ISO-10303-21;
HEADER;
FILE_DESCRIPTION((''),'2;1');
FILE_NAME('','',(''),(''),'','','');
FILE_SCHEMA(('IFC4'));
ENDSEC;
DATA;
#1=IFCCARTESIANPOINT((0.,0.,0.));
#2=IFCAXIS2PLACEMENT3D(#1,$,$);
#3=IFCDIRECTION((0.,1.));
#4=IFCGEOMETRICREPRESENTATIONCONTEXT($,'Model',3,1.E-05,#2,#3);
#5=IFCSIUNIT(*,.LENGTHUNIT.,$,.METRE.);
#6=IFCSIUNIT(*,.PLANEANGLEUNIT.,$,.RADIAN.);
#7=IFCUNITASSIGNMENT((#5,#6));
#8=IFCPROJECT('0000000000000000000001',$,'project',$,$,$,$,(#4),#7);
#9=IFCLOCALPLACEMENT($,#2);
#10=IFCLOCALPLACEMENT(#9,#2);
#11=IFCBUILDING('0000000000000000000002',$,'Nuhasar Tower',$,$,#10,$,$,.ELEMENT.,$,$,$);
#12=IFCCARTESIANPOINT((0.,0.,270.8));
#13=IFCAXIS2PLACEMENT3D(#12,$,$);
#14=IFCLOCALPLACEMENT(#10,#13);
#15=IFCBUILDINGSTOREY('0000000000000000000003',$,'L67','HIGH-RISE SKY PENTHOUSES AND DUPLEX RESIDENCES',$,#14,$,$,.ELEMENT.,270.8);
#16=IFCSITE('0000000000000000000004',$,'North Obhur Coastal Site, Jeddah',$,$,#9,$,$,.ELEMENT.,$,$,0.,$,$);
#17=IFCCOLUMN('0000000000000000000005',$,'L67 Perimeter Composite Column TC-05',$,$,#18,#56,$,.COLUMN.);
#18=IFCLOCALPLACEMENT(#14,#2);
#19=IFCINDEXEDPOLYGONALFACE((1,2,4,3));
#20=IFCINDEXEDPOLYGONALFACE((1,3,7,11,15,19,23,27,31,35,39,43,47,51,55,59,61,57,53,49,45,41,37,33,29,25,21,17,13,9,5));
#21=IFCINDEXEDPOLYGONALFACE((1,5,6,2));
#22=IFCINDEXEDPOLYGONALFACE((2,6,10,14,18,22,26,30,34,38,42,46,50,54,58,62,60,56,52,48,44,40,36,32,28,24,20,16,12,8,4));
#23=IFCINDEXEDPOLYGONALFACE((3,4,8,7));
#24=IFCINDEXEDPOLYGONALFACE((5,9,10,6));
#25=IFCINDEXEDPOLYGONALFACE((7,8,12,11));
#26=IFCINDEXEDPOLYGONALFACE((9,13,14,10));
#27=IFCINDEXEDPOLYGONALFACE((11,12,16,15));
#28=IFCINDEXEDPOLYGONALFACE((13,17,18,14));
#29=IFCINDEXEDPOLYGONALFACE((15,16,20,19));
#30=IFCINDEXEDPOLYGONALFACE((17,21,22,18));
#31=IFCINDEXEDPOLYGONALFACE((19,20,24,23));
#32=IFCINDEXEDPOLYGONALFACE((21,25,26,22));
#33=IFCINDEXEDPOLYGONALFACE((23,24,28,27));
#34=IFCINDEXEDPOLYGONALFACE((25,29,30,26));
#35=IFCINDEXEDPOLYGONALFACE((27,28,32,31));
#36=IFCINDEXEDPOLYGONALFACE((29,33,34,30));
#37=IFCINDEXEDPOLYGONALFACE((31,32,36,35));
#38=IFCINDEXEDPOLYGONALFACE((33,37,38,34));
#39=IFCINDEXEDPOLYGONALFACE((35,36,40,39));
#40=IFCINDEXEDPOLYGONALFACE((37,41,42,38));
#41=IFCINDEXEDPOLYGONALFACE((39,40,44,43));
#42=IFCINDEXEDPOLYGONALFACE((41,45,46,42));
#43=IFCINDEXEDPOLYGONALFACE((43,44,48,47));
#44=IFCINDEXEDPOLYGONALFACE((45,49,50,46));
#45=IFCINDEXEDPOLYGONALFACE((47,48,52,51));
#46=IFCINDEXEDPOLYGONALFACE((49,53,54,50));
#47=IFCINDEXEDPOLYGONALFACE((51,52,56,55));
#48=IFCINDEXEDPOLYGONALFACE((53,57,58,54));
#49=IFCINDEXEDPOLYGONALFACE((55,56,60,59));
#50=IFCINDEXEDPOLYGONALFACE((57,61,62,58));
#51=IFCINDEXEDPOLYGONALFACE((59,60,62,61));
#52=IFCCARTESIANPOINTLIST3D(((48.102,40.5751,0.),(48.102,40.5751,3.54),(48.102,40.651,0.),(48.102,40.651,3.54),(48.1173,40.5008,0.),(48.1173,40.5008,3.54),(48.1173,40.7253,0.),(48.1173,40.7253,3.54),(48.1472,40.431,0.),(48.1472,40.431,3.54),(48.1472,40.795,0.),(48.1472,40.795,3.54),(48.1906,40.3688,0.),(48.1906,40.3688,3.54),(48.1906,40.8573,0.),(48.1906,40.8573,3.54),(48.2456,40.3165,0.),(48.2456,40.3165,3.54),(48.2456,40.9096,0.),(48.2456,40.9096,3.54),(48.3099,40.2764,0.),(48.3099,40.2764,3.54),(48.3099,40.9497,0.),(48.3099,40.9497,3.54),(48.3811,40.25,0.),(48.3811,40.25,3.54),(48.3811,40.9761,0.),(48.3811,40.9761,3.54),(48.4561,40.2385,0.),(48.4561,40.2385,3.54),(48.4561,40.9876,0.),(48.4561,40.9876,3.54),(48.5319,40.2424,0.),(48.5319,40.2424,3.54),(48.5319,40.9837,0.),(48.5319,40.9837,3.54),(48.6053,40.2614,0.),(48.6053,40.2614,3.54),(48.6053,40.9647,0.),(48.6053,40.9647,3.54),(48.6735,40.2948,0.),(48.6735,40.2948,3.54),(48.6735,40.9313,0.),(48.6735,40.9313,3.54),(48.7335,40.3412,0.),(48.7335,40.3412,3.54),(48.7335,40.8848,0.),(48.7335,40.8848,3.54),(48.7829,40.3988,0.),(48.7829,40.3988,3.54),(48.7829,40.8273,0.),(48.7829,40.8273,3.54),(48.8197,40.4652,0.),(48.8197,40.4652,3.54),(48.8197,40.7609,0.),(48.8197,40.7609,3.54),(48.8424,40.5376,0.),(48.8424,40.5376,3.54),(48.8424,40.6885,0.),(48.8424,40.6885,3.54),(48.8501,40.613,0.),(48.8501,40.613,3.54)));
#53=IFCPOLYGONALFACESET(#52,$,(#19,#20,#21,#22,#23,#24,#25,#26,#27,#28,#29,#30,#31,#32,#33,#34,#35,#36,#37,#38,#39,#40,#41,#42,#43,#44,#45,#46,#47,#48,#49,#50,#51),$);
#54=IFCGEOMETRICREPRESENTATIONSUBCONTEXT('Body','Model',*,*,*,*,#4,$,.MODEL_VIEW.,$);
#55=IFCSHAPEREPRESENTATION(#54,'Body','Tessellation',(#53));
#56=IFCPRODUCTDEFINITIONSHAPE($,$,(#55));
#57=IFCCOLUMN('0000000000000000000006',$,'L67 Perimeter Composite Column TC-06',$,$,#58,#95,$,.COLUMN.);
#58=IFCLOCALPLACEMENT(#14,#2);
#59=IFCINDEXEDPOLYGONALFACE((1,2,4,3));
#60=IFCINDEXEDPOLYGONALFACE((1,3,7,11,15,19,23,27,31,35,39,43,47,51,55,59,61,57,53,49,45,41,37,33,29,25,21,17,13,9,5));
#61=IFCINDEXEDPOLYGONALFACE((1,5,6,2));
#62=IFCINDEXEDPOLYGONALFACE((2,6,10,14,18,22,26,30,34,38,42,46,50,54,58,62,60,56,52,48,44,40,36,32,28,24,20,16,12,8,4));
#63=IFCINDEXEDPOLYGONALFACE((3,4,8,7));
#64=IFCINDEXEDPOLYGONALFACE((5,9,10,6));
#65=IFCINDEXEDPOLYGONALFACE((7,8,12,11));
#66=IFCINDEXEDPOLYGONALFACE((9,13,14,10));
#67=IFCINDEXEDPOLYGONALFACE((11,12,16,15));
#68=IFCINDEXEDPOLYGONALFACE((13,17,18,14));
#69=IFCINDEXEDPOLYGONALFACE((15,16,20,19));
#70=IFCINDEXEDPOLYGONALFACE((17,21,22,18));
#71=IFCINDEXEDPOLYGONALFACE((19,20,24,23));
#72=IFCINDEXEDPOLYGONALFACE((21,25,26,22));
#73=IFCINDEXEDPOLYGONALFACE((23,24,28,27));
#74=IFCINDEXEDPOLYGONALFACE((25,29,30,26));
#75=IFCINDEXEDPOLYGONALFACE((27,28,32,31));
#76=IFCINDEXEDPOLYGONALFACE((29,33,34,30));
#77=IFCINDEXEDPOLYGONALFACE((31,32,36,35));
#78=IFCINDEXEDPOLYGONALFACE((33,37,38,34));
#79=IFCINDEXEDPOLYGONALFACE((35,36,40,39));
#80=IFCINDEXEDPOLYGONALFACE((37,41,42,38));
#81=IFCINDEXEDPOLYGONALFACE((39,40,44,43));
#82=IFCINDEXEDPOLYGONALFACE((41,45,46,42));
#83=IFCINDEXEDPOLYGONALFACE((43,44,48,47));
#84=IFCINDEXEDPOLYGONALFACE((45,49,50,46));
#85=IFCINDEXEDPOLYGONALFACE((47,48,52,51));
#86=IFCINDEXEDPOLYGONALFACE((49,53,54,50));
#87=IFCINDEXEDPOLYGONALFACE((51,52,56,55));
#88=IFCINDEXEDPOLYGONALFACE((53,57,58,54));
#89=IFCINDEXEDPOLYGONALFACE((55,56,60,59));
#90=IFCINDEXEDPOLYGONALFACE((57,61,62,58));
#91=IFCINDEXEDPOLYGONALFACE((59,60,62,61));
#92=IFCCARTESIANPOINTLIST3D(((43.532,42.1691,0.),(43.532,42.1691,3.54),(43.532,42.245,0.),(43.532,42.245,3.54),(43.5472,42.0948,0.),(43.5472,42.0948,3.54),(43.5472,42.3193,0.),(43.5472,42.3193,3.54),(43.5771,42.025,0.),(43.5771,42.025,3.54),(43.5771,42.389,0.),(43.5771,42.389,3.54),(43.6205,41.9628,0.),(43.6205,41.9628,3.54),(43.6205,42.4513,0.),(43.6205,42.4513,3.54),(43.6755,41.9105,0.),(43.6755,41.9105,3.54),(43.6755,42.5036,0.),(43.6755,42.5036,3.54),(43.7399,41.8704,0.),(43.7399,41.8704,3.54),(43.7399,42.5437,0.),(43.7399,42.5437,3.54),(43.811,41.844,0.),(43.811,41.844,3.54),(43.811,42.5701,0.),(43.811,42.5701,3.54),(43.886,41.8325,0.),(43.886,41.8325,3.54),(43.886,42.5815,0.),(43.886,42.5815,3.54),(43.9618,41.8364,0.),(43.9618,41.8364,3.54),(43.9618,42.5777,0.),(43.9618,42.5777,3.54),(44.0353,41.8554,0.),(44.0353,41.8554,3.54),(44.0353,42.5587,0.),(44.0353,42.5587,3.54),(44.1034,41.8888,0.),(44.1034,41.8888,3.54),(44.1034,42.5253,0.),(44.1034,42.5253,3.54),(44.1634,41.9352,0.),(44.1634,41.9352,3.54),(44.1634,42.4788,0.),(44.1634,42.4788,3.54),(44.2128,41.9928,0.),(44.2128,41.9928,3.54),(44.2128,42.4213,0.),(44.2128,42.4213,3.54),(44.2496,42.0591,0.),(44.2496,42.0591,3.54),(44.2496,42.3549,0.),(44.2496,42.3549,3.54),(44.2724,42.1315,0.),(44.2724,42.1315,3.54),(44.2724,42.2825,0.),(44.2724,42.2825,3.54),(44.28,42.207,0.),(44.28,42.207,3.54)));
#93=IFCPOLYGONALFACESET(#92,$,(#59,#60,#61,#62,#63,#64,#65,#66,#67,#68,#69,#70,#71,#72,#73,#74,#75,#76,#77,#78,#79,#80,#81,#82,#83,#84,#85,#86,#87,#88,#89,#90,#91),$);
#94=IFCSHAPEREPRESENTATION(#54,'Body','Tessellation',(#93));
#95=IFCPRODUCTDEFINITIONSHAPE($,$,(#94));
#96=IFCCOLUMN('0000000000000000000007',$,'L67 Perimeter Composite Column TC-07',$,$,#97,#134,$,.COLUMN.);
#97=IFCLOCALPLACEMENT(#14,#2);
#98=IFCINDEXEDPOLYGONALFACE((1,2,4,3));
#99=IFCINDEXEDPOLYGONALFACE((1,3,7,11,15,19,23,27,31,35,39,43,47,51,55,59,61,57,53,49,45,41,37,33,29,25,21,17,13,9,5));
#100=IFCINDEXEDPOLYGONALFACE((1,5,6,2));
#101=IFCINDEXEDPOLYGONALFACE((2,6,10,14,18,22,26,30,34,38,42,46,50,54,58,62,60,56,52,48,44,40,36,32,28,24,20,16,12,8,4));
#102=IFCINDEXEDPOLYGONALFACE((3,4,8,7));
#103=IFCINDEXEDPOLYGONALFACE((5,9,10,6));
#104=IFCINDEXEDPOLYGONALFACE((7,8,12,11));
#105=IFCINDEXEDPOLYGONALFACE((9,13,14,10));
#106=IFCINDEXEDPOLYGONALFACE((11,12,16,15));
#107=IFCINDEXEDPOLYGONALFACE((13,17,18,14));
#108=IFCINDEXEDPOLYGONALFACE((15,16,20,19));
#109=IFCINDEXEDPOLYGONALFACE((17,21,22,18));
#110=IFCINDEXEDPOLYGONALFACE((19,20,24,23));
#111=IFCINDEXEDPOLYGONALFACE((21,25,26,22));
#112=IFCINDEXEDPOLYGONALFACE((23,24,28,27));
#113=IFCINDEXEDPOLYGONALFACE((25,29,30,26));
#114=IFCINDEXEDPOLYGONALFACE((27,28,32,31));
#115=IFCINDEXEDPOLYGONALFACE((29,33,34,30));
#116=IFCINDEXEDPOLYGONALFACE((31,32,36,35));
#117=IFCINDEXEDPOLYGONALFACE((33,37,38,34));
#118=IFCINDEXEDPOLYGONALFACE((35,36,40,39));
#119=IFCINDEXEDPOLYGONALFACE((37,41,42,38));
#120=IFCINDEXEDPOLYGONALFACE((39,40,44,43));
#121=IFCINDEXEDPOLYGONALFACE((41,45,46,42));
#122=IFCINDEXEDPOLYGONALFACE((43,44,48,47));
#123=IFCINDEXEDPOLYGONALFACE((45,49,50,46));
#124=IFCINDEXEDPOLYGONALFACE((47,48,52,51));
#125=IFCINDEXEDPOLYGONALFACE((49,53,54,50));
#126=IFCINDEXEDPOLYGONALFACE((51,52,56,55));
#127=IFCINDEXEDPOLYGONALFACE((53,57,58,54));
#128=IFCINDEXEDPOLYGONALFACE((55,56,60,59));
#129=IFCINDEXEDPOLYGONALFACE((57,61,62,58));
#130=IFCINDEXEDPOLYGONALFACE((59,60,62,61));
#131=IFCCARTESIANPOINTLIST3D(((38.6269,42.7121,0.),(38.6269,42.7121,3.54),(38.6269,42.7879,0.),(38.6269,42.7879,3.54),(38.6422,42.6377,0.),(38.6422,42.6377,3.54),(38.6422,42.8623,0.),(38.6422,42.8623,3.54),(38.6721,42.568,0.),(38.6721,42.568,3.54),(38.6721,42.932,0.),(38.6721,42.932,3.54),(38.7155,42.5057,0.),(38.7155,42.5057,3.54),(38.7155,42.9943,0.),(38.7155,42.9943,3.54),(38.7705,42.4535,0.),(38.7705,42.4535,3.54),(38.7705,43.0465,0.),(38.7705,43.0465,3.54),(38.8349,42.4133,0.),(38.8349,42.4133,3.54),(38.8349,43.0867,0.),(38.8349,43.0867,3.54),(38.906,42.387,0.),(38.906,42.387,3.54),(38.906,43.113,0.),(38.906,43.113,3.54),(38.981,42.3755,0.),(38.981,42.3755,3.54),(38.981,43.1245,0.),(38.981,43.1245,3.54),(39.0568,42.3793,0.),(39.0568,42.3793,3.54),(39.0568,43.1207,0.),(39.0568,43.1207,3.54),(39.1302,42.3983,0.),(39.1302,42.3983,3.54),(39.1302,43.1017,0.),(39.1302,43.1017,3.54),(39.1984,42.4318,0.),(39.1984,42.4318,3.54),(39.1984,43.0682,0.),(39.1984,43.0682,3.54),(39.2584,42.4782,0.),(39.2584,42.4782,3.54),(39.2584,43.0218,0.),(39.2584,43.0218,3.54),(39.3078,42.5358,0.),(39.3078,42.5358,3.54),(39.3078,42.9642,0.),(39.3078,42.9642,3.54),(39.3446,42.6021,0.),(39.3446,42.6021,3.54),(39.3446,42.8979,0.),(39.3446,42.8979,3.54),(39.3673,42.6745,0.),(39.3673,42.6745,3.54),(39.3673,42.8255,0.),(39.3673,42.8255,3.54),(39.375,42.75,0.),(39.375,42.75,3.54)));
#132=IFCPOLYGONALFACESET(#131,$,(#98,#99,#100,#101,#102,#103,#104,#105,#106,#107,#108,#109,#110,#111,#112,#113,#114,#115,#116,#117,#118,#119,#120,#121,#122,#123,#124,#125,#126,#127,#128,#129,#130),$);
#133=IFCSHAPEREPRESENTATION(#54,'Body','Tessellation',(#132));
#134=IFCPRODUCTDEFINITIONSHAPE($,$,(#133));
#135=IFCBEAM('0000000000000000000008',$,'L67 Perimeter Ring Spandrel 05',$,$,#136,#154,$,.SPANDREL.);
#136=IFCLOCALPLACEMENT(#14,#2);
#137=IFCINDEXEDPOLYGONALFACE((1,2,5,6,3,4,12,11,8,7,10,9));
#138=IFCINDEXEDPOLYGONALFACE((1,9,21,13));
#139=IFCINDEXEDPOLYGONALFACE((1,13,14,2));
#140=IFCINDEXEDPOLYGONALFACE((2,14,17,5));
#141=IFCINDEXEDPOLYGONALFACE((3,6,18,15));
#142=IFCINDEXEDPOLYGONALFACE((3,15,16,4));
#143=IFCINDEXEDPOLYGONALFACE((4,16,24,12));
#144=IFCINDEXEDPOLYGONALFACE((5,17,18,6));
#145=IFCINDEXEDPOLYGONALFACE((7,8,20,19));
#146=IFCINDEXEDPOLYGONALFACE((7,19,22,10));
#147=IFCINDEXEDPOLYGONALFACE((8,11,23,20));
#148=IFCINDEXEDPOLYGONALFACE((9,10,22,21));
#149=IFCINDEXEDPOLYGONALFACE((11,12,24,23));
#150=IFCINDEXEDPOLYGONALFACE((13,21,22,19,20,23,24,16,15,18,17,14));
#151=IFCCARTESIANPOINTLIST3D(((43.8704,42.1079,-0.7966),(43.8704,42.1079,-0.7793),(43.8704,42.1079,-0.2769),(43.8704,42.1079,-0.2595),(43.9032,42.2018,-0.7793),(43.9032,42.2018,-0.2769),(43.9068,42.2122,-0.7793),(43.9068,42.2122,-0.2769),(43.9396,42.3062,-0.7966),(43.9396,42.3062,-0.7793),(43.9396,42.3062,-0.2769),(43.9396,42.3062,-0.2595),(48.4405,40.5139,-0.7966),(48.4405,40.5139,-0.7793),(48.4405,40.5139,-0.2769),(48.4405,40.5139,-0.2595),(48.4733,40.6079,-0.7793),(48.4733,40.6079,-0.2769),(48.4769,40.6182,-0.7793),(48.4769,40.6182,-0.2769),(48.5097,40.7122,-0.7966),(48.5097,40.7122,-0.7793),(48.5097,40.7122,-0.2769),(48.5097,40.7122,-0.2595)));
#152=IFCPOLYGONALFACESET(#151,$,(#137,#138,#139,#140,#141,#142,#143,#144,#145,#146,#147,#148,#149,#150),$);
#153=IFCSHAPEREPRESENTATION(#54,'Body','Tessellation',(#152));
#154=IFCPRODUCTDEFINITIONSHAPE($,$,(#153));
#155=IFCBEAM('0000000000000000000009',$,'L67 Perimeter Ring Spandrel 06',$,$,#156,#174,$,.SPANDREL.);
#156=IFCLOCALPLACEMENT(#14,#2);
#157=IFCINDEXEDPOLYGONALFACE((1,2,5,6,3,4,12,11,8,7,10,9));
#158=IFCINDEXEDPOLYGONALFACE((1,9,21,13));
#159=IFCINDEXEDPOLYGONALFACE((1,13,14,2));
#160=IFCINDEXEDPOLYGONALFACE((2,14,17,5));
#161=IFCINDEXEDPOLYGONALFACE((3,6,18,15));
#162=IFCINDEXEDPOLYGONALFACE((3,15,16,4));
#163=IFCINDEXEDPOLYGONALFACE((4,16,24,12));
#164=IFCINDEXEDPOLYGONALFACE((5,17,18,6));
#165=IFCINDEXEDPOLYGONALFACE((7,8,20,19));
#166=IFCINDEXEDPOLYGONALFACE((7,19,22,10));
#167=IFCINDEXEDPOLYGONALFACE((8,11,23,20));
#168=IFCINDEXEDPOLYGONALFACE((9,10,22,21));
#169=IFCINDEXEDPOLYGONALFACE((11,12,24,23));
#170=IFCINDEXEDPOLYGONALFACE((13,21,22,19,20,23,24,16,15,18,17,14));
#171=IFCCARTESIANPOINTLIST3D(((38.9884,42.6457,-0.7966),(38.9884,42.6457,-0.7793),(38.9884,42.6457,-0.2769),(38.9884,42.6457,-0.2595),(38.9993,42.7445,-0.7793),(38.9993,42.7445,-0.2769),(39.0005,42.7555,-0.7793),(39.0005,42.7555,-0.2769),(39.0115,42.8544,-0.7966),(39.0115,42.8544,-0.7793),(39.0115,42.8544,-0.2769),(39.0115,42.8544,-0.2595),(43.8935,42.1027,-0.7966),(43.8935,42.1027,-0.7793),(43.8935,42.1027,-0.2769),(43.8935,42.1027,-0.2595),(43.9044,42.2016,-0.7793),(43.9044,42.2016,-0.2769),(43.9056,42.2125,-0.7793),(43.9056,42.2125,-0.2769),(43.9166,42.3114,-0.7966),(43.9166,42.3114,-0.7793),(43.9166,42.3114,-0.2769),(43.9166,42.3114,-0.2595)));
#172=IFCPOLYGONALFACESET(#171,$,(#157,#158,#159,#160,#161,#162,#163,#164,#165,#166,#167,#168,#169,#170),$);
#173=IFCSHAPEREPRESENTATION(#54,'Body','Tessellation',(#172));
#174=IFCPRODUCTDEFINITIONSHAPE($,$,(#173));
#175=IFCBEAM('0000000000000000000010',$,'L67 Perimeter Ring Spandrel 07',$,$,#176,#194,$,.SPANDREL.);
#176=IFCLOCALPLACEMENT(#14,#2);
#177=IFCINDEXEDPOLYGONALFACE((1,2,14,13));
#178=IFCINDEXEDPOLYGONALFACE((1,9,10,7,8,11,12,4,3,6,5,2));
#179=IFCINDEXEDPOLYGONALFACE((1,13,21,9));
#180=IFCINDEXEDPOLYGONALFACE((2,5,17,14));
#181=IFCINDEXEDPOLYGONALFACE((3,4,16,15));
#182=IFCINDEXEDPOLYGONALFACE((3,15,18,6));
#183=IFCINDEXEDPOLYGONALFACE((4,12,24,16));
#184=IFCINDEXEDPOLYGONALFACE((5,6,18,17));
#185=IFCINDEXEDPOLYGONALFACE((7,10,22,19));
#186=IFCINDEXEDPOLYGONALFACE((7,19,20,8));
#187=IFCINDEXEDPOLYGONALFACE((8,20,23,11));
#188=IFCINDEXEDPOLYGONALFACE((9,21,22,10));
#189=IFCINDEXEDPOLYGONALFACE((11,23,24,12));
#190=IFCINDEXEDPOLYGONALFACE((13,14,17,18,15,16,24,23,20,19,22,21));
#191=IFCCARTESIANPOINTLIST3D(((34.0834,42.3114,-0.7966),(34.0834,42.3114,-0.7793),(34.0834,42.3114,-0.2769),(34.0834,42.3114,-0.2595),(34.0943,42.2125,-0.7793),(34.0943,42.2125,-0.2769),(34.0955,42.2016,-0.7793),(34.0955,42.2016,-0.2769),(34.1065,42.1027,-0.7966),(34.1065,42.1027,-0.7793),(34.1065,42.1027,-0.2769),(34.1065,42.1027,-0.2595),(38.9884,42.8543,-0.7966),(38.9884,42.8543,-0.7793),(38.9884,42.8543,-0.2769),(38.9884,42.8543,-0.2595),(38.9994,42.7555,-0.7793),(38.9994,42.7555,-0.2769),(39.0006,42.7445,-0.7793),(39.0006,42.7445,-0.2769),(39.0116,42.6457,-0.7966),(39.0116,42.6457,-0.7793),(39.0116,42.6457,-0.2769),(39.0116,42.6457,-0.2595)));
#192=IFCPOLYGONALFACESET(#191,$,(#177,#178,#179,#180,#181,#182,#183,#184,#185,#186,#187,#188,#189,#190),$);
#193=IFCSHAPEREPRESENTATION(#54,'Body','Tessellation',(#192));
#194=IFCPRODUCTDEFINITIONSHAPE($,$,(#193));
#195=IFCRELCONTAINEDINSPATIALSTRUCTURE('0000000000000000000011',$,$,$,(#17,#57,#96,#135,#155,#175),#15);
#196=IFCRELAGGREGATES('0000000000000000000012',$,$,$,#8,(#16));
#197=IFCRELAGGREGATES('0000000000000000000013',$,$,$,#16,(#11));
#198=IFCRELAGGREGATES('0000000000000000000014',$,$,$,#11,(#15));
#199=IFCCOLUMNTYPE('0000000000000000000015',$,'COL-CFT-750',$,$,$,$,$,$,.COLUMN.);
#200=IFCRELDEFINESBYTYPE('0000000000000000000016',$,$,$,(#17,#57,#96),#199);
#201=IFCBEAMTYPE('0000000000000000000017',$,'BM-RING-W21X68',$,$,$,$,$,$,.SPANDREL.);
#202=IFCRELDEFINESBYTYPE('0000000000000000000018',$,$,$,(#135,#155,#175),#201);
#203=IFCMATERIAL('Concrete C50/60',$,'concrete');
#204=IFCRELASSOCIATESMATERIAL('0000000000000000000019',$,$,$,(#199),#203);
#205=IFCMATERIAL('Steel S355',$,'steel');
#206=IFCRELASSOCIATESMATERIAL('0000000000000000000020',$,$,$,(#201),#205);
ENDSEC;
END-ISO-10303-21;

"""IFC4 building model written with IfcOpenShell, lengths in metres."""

from ifc_helpers import new_model, si_unit, direction, frame, origin, origin_2d, place, context, subcontext, project, spatial, circle, i_section, extrude, material, material_profile, profile_set, type_object, element, save


model = new_model("IFC4")

# Units and contexts
model_context = context("Model", 3, precision=1e-05, world=origin(), true_north=direction((0.0, 1.0)))
body_context = subcontext(model_context, "Body", "Model", "MODEL_VIEW")
ifc_project = project(units=[si_unit("LENGTHUNIT", "METRE"), si_unit("PLANEANGLEUNIT", "RADIAN")], contexts=[model_context])

# Site, building, storey
site_placement = place(None, origin())
site = spatial("IfcSite", under=ifc_project, at=site_placement, Name="North Obhur Coastal Site, Jeddah", CompositionType="ELEMENT", RefElevation=0.0)
building_placement = place(site_placement, origin())
building = spatial("IfcBuilding", under=site, at=building_placement, Name="Nuhasar Tower", CompositionType="ELEMENT")
storey_placement = place(building_placement, frame((0.0, 0.0, 270.8)))
storey = spatial("IfcBuildingStorey", under=building, at=storey_placement, Name="L67", Description="HIGH-RISE SKY PENTHOUSES AND DUPLEX RESIDENCES", CompositionType="ELEMENT", Elevation=270.8)

# Columns
ifc_material_1 = material(Name="Concrete C50/60", Category="concrete")
ifc_material_profile_1 = material_profile(ifc_material_1, circle(Radius=0.375, at=origin_2d()), Name="CFT750")
ifc_profile_set_1 = profile_set([ifc_material_profile_1], Name="Concrete C50/60")
column_type = type_object("IfcColumnType", Name="COL-CFT-750", PredefinedType="COLUMN", material=ifc_profile_set_1)
for number, where, z_axis, x_axis, name in (
    (1, (48.4751, 40.613, 0.0), (0.0, 0.0, 1.0), (1.0, 0.0, 0.0), "L67 Perimeter Composite Column TC-05"),
    (2, (43.905, 42.207, 0.0), (0.0, 0.0, 1.0), (1.0, 0.0, 0.0), "L67 Perimeter Composite Column TC-06"),
    (3, (39.0, 42.75, 0.0), (0.0, 0.0, 1.0), (1.0, 0.0, 0.0), "L67 Perimeter Composite Column TC-07"),
):
    element("IfcColumn", number, at=place(storey_placement, frame(where, z_axis=z_axis, x_axis=x_axis)), inside=storey, type_object=column_type, Name=name, PredefinedType="COLUMN", context=body_context, shape_type="SweptSolid", body=[
        extrude(circle(Radius=0.375, at=origin_2d()), origin(), (0.0, 0.0, 1.0), 3.54),
    ])

# Beams
ifc_material_2 = material(Name="Steel S355", Category="steel")
ifc_material_profile_2 = material_profile(ifc_material_2, i_section(OverallWidth=0.21, OverallDepth=0.5371, WebThickness=0.011, FlangeThickness=0.0173, at=origin_2d()), Name="W21X68")
ifc_profile_set_2 = profile_set([ifc_material_profile_2], Name="Steel S355")
beam_type_1 = type_object("IfcBeamType", Name="BM-RING-W21X68", PredefinedType="SPANDREL", material=ifc_profile_set_2)
beam_1_placement = place(storey_placement, frame((48.4751, 40.613, -0.5281), z_axis=(-0.944214, 0.329332, 0.0), x_axis=(-0.329332, -0.944214, 0.0)))
element("IfcBeam", 4, at=beam_1_placement, inside=storey, type_object=beam_type_1, Name="L67 Perimeter Ring Spandrel 05", PredefinedType="SPANDREL", context=body_context, shape_type="SweptSolid", body=[
    extrude(i_section(OverallWidth=0.21, OverallDepth=0.5371, WebThickness=0.011, FlangeThickness=0.0173, at=origin_2d()), origin(), (0.0, 0.0, 1.0), 4.8401),
])
for number, where, z_axis, x_axis, name in (
    (5, (43.905, 42.207, -0.5281), (-0.993929, 0.110024, 0.0), (-0.110024, -0.993929, 0.0), "L67 Perimeter Ring Spandrel 06"),
    (6, (39.0, 42.75, -0.5281), (-0.993929, -0.110024, 0.0), (0.110024, -0.993929, 0.0), "L67 Perimeter Ring Spandrel 07"),
):
    element("IfcBeam", number, at=place(storey_placement, frame(where, z_axis=z_axis, x_axis=x_axis)), inside=storey, type_object=beam_type_1, Name=name, PredefinedType="SPANDREL", context=body_context, shape_type="SweptSolid", body=[
        extrude(i_section(OverallWidth=0.21, OverallDepth=0.5371, WebThickness=0.011, FlangeThickness=0.0173, at=origin_2d()), origin(), (0.0, 0.0, 1.0), 4.9351),
    ])

save(model, "model.ifc")
